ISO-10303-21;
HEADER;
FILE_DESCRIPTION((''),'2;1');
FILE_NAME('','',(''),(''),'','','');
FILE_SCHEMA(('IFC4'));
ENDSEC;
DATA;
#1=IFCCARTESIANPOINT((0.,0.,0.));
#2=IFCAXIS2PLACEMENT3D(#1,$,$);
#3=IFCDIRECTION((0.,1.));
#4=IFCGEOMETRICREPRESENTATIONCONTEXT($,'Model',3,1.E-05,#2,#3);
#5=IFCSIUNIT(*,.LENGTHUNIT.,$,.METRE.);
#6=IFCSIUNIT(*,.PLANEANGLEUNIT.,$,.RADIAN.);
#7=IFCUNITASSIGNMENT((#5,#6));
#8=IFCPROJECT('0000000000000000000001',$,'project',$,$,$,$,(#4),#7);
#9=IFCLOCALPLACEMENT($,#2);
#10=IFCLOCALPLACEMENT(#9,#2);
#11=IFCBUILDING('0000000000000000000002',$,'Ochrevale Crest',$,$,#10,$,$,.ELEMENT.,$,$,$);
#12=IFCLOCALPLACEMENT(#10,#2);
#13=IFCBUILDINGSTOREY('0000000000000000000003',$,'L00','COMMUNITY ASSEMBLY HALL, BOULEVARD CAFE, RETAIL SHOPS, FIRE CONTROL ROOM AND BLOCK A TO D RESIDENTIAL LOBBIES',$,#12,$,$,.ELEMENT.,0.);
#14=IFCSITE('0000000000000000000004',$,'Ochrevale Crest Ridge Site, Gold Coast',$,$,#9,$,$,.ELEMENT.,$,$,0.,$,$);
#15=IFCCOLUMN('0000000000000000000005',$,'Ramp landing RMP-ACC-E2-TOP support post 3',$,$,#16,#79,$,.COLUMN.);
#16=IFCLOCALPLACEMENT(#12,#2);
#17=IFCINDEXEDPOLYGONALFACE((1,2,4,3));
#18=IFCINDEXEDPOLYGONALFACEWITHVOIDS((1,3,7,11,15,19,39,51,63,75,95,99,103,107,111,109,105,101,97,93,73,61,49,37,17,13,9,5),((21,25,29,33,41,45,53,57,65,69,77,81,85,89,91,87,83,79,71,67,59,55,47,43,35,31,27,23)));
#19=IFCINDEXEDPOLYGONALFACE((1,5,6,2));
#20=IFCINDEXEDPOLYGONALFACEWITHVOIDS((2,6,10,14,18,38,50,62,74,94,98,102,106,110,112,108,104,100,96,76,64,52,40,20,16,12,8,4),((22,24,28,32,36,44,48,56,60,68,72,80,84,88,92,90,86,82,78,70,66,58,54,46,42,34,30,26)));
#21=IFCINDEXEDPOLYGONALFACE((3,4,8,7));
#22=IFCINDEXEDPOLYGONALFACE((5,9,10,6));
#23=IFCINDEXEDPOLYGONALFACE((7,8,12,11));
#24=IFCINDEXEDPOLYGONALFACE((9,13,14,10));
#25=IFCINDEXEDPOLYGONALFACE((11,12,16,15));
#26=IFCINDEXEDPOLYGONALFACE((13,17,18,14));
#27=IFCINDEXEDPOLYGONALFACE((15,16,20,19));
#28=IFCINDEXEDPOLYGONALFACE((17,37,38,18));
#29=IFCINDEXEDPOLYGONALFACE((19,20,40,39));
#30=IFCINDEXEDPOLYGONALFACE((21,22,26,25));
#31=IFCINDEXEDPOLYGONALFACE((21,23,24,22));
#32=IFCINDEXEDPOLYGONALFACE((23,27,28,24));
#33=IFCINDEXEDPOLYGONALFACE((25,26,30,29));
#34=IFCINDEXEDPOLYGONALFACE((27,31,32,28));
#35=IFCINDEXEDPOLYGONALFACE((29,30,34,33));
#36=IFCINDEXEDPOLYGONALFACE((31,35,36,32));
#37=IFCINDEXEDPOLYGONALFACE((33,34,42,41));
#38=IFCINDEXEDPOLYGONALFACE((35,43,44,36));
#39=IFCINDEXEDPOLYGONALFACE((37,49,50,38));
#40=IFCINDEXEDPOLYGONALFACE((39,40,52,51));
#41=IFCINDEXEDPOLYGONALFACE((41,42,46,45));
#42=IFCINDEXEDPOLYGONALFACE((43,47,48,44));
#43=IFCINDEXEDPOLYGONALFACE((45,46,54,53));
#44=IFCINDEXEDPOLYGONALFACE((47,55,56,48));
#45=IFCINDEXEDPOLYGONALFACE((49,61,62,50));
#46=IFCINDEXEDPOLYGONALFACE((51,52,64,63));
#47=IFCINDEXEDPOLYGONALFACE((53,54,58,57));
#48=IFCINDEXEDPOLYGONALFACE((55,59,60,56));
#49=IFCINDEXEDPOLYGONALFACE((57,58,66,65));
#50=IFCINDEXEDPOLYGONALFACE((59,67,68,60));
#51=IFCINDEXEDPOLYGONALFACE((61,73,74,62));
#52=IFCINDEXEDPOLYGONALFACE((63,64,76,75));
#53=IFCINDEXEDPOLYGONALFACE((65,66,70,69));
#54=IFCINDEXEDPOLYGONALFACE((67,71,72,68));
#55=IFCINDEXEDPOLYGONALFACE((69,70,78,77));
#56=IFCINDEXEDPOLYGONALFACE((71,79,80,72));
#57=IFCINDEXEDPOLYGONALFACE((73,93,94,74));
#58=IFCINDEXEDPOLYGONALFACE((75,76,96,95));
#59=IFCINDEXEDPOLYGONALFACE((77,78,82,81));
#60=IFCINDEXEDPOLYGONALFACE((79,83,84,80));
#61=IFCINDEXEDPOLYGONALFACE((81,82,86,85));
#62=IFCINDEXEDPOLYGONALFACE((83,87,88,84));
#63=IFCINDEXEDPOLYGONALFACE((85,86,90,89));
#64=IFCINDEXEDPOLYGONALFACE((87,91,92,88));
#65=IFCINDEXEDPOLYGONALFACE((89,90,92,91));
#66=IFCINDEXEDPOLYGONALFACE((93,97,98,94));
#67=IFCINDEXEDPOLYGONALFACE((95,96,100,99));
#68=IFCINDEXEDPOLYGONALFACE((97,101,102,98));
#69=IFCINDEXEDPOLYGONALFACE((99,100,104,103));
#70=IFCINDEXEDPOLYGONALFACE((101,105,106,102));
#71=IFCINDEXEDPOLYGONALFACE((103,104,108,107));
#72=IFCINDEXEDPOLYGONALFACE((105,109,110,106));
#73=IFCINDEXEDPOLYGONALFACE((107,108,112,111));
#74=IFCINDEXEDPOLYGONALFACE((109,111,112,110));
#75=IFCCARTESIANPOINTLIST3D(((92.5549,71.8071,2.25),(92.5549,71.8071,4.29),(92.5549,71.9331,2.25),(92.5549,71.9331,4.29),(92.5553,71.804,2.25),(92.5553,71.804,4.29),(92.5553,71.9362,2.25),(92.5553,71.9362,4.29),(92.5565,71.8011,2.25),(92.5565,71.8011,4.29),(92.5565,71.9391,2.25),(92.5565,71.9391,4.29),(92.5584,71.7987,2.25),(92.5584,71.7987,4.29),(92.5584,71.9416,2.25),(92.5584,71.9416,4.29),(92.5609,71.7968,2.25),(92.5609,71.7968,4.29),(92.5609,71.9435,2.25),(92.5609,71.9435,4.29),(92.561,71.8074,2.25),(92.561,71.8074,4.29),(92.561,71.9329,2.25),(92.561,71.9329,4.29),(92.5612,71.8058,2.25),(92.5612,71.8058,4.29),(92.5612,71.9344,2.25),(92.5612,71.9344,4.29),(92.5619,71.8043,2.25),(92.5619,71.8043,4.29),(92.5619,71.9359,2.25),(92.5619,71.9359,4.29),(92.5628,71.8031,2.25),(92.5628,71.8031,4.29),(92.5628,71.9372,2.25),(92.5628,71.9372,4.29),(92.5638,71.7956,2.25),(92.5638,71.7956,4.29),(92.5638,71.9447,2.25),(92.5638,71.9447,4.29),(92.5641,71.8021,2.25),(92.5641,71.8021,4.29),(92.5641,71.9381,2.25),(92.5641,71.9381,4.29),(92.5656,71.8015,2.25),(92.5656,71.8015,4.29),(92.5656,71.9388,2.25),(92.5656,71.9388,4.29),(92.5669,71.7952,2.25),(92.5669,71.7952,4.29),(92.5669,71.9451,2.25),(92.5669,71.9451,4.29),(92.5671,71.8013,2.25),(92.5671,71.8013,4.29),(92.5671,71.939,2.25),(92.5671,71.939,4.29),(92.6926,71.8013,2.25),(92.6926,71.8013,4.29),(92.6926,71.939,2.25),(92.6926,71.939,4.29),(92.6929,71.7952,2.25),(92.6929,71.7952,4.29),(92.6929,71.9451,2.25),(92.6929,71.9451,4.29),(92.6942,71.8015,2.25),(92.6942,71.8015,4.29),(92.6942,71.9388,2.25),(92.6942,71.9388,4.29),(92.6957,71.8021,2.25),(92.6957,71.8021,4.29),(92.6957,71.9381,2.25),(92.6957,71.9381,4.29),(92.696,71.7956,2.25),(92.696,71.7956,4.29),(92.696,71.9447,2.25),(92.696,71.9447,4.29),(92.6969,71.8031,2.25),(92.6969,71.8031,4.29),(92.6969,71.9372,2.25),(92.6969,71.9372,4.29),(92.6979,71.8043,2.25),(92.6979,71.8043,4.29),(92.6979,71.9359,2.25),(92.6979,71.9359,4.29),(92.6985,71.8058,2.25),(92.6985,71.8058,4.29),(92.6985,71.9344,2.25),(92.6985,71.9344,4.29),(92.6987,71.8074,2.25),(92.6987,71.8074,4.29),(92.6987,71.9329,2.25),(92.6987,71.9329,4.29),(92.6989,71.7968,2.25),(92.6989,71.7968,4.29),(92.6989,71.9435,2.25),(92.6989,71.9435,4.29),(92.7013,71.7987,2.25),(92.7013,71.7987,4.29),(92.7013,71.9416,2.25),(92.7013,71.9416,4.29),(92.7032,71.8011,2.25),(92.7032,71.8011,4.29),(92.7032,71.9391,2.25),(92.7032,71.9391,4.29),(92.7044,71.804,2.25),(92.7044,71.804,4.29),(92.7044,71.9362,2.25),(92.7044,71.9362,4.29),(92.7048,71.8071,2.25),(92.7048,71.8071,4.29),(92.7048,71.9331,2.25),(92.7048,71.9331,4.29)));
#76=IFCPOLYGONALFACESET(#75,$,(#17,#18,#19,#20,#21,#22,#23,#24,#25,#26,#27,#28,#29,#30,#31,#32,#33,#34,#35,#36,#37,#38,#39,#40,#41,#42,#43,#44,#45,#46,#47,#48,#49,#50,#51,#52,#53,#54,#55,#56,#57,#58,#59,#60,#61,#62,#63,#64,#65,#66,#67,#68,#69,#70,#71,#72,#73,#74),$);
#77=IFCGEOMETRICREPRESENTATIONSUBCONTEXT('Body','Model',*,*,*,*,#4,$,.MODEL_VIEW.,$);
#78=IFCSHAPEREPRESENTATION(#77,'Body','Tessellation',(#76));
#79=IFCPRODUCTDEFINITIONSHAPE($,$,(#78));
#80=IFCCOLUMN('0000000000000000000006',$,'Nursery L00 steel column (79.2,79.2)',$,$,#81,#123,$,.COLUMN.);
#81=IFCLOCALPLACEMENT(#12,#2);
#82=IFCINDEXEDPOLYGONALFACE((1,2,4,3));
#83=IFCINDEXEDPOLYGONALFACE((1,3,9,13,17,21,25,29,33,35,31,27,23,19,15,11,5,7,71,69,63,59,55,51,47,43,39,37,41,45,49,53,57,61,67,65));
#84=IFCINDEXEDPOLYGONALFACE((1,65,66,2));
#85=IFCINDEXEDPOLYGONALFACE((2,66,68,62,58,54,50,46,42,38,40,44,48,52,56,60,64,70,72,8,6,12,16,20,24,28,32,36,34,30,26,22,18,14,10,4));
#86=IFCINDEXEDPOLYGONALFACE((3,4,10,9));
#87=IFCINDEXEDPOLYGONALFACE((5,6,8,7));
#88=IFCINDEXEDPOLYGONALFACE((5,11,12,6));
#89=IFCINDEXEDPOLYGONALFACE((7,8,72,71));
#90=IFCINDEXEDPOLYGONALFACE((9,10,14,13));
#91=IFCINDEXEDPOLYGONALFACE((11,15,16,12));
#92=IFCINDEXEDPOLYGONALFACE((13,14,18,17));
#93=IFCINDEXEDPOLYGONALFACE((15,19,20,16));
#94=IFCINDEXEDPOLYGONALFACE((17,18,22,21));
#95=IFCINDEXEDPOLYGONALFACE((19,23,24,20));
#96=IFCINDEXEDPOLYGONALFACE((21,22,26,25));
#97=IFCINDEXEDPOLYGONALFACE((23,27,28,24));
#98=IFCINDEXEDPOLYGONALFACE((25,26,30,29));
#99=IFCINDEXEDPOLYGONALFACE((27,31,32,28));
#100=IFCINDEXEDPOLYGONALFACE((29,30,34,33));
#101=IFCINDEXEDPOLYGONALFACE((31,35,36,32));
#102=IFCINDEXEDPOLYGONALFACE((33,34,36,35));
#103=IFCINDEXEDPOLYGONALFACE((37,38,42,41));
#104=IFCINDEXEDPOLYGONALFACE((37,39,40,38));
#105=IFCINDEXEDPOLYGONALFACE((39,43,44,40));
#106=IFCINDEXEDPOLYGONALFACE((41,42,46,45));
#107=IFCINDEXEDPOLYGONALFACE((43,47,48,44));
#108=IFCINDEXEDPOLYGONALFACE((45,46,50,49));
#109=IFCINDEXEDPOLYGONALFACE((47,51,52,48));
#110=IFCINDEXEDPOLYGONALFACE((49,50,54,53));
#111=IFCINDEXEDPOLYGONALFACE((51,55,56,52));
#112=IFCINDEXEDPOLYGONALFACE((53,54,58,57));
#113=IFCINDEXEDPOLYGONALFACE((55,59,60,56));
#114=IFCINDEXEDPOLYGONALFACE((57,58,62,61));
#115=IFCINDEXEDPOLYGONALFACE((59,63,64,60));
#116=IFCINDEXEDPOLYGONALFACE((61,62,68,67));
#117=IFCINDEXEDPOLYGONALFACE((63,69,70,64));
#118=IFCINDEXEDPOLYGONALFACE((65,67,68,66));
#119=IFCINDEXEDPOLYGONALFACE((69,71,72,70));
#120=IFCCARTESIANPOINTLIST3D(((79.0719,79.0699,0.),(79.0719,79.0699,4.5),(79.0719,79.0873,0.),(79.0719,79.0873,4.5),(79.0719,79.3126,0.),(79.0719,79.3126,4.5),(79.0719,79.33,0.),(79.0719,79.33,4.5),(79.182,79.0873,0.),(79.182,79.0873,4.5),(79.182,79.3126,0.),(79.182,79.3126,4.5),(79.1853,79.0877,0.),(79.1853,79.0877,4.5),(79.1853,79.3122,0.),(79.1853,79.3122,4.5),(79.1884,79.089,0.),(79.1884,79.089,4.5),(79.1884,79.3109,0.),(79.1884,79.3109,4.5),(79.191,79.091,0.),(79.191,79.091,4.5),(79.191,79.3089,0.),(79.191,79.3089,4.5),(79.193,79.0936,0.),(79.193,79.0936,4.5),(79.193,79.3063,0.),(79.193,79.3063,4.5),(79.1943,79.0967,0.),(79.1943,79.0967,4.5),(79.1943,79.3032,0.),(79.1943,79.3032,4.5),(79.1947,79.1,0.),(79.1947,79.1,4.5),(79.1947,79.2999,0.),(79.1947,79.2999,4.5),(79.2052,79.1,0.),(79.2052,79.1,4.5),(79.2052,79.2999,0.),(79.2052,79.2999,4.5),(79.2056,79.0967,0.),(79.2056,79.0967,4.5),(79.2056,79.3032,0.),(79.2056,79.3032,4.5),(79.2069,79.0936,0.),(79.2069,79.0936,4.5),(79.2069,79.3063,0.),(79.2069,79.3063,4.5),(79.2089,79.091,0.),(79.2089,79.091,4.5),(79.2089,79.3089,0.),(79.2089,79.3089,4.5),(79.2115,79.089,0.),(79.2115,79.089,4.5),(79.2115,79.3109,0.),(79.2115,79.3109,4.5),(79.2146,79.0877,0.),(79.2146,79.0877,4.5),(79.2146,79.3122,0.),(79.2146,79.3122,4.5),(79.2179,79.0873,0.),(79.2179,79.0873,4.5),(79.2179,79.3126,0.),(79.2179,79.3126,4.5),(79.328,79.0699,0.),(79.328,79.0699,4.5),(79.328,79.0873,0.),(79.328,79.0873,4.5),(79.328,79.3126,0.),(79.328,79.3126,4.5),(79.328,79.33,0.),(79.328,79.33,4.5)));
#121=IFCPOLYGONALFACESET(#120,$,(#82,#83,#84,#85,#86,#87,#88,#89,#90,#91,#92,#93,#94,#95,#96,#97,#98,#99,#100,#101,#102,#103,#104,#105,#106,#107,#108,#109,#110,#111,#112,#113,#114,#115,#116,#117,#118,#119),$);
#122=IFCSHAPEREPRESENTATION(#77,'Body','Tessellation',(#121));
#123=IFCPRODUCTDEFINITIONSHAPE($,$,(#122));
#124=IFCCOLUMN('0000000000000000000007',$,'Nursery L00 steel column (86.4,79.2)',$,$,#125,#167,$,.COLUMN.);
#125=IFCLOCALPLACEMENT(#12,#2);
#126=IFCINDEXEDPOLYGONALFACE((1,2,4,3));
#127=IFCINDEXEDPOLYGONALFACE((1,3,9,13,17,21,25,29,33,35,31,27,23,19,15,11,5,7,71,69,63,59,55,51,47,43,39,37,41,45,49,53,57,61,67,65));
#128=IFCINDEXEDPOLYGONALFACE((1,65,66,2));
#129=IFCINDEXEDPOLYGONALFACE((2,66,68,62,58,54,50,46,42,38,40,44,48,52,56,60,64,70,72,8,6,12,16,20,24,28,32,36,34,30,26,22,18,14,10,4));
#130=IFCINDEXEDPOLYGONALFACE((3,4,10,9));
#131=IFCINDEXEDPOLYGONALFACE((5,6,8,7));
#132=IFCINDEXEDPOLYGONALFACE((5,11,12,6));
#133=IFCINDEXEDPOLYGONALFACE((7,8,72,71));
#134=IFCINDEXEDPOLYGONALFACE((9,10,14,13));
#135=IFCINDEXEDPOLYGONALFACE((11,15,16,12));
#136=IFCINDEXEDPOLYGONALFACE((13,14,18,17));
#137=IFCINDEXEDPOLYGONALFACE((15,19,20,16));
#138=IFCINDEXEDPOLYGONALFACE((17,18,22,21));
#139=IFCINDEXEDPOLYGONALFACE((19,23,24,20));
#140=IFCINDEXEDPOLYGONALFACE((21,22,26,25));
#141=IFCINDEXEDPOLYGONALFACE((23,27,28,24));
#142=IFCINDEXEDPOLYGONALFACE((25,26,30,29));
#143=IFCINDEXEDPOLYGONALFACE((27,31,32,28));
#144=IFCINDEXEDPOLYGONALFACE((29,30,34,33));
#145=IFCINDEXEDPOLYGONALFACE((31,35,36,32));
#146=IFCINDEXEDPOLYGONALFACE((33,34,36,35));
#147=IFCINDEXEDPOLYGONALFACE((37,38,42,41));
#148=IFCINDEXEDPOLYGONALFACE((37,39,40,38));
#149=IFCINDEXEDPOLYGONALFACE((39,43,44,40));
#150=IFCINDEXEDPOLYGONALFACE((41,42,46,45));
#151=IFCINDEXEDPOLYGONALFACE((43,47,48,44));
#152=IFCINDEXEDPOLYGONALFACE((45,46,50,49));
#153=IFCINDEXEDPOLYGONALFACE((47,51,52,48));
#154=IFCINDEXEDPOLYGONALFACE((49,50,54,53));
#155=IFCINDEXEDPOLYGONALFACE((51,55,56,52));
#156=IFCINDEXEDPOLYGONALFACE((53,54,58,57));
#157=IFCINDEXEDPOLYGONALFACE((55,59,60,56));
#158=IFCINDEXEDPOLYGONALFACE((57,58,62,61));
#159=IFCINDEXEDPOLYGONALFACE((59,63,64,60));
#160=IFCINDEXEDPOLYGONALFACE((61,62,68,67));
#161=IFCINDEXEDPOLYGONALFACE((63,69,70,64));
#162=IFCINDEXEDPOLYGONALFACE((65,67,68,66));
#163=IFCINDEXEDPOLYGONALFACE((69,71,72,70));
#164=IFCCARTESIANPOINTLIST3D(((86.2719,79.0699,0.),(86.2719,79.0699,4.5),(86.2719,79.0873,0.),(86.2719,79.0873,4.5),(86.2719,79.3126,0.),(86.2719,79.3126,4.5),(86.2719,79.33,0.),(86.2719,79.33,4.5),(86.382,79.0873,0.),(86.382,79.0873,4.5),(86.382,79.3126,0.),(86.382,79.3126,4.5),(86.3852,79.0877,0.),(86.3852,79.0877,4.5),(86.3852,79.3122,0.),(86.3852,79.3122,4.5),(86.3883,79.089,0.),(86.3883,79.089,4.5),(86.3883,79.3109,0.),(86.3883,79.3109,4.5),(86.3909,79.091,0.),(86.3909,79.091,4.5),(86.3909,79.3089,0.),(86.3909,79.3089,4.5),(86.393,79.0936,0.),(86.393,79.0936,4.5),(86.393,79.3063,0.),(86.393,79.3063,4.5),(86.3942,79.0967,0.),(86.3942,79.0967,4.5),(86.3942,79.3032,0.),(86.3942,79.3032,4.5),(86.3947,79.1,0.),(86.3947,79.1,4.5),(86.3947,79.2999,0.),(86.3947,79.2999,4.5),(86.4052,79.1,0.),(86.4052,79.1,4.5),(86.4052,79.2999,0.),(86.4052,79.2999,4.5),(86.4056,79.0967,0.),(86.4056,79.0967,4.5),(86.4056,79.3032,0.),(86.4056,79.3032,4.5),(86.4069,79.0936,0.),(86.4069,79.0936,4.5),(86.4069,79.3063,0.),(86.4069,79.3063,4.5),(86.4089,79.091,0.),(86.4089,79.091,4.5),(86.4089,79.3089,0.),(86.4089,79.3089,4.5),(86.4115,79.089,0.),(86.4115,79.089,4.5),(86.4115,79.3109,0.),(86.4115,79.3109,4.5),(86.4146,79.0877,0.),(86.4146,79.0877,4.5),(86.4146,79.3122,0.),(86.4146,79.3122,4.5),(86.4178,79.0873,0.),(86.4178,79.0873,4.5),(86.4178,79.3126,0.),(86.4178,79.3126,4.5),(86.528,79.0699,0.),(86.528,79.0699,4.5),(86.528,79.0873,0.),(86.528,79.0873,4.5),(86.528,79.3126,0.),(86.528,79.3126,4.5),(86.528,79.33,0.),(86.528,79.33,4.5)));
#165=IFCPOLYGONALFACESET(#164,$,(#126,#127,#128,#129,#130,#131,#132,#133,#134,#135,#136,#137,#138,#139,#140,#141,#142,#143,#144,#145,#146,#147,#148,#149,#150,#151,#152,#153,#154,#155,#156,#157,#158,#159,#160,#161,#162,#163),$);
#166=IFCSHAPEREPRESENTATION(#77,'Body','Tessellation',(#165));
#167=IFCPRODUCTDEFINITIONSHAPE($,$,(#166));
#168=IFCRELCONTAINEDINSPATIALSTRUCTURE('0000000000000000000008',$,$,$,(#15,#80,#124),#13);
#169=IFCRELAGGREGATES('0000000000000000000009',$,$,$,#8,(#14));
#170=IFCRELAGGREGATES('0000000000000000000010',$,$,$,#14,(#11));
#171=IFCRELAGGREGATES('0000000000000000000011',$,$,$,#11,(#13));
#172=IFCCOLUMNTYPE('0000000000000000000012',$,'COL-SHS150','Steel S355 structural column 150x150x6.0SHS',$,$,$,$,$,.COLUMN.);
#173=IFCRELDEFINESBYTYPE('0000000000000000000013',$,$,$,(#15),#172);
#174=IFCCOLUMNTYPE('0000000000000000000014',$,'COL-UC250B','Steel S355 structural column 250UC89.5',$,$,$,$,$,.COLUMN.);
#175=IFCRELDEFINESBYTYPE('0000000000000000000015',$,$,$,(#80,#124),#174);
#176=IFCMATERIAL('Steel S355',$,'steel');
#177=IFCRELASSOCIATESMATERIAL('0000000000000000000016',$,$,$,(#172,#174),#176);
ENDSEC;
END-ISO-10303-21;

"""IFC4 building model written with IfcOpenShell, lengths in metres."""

from ifc_helpers import new_model, si_unit, direction, frame, origin, origin_2d, place, context, subcontext, project, spatial, hollow_rectangle, i_section, extrude, material, material_profile, profile_set, type_object, element, save


model = new_model("IFC4")

# Units and contexts
model_context = context("Model", 3, precision=1e-05, world=origin(), true_north=direction((0.0, 1.0)))
body_context = subcontext(model_context, "Body", "Model", "MODEL_VIEW")
ifc_project = project(units=[si_unit("LENGTHUNIT", "METRE"), si_unit("PLANEANGLEUNIT", "RADIAN")], contexts=[model_context])

# Site, building, storey
site_placement = place(None, origin())
site = spatial("IfcSite", under=ifc_project, at=site_placement, Name="Ochrevale Crest Ridge Site, Gold Coast", CompositionType="ELEMENT", RefElevation=0.0)
building_placement = place(site_placement, origin())
building = spatial("IfcBuilding", under=site, at=building_placement, Name="Ochrevale Crest", CompositionType="ELEMENT")
storey_placement = place(building_placement, origin())
storey = spatial("IfcBuildingStorey", under=building, at=storey_placement, Name="L00", Description="COMMUNITY ASSEMBLY HALL, BOULEVARD CAFE, RETAIL SHOPS, FIRE CONTROL ROOM AND BLOCK A TO D RESIDENTIAL LOBBIES", CompositionType="ELEMENT", Elevation=0.0)

# Columns
ifc_material_1 = material(Name="Steel S355", Category="steel")
ifc_material_profile_1 = material_profile(ifc_material_1, hollow_rectangle(XDim=0.1499, YDim=0.1499, WallThickness=0.0061, InnerFilletRadius=0.0061, OuterFilletRadius=0.012, at=origin_2d()), Name="150x150x6.0SHS")
ifc_profile_set_1 = profile_set([ifc_material_profile_1], Name="Steel S355")
column_type_1 = type_object("IfcColumnType", Name="COL-SHS150", Description="Steel S355 structural column 150x150x6.0SHS", PredefinedType="COLUMN", material=ifc_profile_set_1)
column_placement = place(storey_placement, frame((92.6299, 71.8701, 2.25), z_axis=(0.0, 0.0, 1.0), x_axis=(1.0, 0.0, 0.0)))
element("IfcColumn", 1, at=column_placement, inside=storey, type_object=column_type_1, Name="Ramp landing RMP-ACC-E2-TOP support post 3", PredefinedType="COLUMN", context=body_context, shape_type="SweptSolid", body=[
    extrude(hollow_rectangle(XDim=0.1499, YDim=0.1499, WallThickness=0.0061, InnerFilletRadius=0.0061, OuterFilletRadius=0.012, at=origin_2d()), origin(), (0.0, 0.0, 1.0), 2.04),
])
ifc_material_profile_2 = material_profile(ifc_material_1, i_section(OverallWidth=0.2561, OverallDepth=0.26, WebThickness=0.0105, FlangeThickness=0.0173, FilletRadius=0.0127, at=origin_2d()), Name="250UC89.5")
ifc_profile_set_2 = profile_set([ifc_material_profile_2], Name="Steel S355")
column_type_2 = type_object("IfcColumnType", Name="COL-UC250B", Description="Steel S355 structural column 250UC89.5", PredefinedType="COLUMN", material=ifc_profile_set_2)
for number, where, z_axis, x_axis, name in (
    (2, (79.2, 79.2, 0.0), (0.0, 0.0, 1.0), (1.0, 0.0, 0.0), "Nursery L00 steel column (79.2,79.2)"),
    (3, (86.3999, 79.2, 0.0), (0.0, 0.0, 1.0), (1.0, 0.0, 0.0), "Nursery L00 steel column (86.4,79.2)"),
):
    element("IfcColumn", number, at=place(storey_placement, frame(where, z_axis=z_axis, x_axis=x_axis)), inside=storey, type_object=column_type_2, Name=name, PredefinedType="COLUMN", context=body_context, shape_type="SweptSolid", body=[
        extrude(i_section(OverallWidth=0.2561, OverallDepth=0.26, WebThickness=0.0105, FlangeThickness=0.0173, FilletRadius=0.0127, at=origin_2d()), origin(), (0.0, 0.0, 1.0), 4.5),
    ])

save(model, "model.ifc")
